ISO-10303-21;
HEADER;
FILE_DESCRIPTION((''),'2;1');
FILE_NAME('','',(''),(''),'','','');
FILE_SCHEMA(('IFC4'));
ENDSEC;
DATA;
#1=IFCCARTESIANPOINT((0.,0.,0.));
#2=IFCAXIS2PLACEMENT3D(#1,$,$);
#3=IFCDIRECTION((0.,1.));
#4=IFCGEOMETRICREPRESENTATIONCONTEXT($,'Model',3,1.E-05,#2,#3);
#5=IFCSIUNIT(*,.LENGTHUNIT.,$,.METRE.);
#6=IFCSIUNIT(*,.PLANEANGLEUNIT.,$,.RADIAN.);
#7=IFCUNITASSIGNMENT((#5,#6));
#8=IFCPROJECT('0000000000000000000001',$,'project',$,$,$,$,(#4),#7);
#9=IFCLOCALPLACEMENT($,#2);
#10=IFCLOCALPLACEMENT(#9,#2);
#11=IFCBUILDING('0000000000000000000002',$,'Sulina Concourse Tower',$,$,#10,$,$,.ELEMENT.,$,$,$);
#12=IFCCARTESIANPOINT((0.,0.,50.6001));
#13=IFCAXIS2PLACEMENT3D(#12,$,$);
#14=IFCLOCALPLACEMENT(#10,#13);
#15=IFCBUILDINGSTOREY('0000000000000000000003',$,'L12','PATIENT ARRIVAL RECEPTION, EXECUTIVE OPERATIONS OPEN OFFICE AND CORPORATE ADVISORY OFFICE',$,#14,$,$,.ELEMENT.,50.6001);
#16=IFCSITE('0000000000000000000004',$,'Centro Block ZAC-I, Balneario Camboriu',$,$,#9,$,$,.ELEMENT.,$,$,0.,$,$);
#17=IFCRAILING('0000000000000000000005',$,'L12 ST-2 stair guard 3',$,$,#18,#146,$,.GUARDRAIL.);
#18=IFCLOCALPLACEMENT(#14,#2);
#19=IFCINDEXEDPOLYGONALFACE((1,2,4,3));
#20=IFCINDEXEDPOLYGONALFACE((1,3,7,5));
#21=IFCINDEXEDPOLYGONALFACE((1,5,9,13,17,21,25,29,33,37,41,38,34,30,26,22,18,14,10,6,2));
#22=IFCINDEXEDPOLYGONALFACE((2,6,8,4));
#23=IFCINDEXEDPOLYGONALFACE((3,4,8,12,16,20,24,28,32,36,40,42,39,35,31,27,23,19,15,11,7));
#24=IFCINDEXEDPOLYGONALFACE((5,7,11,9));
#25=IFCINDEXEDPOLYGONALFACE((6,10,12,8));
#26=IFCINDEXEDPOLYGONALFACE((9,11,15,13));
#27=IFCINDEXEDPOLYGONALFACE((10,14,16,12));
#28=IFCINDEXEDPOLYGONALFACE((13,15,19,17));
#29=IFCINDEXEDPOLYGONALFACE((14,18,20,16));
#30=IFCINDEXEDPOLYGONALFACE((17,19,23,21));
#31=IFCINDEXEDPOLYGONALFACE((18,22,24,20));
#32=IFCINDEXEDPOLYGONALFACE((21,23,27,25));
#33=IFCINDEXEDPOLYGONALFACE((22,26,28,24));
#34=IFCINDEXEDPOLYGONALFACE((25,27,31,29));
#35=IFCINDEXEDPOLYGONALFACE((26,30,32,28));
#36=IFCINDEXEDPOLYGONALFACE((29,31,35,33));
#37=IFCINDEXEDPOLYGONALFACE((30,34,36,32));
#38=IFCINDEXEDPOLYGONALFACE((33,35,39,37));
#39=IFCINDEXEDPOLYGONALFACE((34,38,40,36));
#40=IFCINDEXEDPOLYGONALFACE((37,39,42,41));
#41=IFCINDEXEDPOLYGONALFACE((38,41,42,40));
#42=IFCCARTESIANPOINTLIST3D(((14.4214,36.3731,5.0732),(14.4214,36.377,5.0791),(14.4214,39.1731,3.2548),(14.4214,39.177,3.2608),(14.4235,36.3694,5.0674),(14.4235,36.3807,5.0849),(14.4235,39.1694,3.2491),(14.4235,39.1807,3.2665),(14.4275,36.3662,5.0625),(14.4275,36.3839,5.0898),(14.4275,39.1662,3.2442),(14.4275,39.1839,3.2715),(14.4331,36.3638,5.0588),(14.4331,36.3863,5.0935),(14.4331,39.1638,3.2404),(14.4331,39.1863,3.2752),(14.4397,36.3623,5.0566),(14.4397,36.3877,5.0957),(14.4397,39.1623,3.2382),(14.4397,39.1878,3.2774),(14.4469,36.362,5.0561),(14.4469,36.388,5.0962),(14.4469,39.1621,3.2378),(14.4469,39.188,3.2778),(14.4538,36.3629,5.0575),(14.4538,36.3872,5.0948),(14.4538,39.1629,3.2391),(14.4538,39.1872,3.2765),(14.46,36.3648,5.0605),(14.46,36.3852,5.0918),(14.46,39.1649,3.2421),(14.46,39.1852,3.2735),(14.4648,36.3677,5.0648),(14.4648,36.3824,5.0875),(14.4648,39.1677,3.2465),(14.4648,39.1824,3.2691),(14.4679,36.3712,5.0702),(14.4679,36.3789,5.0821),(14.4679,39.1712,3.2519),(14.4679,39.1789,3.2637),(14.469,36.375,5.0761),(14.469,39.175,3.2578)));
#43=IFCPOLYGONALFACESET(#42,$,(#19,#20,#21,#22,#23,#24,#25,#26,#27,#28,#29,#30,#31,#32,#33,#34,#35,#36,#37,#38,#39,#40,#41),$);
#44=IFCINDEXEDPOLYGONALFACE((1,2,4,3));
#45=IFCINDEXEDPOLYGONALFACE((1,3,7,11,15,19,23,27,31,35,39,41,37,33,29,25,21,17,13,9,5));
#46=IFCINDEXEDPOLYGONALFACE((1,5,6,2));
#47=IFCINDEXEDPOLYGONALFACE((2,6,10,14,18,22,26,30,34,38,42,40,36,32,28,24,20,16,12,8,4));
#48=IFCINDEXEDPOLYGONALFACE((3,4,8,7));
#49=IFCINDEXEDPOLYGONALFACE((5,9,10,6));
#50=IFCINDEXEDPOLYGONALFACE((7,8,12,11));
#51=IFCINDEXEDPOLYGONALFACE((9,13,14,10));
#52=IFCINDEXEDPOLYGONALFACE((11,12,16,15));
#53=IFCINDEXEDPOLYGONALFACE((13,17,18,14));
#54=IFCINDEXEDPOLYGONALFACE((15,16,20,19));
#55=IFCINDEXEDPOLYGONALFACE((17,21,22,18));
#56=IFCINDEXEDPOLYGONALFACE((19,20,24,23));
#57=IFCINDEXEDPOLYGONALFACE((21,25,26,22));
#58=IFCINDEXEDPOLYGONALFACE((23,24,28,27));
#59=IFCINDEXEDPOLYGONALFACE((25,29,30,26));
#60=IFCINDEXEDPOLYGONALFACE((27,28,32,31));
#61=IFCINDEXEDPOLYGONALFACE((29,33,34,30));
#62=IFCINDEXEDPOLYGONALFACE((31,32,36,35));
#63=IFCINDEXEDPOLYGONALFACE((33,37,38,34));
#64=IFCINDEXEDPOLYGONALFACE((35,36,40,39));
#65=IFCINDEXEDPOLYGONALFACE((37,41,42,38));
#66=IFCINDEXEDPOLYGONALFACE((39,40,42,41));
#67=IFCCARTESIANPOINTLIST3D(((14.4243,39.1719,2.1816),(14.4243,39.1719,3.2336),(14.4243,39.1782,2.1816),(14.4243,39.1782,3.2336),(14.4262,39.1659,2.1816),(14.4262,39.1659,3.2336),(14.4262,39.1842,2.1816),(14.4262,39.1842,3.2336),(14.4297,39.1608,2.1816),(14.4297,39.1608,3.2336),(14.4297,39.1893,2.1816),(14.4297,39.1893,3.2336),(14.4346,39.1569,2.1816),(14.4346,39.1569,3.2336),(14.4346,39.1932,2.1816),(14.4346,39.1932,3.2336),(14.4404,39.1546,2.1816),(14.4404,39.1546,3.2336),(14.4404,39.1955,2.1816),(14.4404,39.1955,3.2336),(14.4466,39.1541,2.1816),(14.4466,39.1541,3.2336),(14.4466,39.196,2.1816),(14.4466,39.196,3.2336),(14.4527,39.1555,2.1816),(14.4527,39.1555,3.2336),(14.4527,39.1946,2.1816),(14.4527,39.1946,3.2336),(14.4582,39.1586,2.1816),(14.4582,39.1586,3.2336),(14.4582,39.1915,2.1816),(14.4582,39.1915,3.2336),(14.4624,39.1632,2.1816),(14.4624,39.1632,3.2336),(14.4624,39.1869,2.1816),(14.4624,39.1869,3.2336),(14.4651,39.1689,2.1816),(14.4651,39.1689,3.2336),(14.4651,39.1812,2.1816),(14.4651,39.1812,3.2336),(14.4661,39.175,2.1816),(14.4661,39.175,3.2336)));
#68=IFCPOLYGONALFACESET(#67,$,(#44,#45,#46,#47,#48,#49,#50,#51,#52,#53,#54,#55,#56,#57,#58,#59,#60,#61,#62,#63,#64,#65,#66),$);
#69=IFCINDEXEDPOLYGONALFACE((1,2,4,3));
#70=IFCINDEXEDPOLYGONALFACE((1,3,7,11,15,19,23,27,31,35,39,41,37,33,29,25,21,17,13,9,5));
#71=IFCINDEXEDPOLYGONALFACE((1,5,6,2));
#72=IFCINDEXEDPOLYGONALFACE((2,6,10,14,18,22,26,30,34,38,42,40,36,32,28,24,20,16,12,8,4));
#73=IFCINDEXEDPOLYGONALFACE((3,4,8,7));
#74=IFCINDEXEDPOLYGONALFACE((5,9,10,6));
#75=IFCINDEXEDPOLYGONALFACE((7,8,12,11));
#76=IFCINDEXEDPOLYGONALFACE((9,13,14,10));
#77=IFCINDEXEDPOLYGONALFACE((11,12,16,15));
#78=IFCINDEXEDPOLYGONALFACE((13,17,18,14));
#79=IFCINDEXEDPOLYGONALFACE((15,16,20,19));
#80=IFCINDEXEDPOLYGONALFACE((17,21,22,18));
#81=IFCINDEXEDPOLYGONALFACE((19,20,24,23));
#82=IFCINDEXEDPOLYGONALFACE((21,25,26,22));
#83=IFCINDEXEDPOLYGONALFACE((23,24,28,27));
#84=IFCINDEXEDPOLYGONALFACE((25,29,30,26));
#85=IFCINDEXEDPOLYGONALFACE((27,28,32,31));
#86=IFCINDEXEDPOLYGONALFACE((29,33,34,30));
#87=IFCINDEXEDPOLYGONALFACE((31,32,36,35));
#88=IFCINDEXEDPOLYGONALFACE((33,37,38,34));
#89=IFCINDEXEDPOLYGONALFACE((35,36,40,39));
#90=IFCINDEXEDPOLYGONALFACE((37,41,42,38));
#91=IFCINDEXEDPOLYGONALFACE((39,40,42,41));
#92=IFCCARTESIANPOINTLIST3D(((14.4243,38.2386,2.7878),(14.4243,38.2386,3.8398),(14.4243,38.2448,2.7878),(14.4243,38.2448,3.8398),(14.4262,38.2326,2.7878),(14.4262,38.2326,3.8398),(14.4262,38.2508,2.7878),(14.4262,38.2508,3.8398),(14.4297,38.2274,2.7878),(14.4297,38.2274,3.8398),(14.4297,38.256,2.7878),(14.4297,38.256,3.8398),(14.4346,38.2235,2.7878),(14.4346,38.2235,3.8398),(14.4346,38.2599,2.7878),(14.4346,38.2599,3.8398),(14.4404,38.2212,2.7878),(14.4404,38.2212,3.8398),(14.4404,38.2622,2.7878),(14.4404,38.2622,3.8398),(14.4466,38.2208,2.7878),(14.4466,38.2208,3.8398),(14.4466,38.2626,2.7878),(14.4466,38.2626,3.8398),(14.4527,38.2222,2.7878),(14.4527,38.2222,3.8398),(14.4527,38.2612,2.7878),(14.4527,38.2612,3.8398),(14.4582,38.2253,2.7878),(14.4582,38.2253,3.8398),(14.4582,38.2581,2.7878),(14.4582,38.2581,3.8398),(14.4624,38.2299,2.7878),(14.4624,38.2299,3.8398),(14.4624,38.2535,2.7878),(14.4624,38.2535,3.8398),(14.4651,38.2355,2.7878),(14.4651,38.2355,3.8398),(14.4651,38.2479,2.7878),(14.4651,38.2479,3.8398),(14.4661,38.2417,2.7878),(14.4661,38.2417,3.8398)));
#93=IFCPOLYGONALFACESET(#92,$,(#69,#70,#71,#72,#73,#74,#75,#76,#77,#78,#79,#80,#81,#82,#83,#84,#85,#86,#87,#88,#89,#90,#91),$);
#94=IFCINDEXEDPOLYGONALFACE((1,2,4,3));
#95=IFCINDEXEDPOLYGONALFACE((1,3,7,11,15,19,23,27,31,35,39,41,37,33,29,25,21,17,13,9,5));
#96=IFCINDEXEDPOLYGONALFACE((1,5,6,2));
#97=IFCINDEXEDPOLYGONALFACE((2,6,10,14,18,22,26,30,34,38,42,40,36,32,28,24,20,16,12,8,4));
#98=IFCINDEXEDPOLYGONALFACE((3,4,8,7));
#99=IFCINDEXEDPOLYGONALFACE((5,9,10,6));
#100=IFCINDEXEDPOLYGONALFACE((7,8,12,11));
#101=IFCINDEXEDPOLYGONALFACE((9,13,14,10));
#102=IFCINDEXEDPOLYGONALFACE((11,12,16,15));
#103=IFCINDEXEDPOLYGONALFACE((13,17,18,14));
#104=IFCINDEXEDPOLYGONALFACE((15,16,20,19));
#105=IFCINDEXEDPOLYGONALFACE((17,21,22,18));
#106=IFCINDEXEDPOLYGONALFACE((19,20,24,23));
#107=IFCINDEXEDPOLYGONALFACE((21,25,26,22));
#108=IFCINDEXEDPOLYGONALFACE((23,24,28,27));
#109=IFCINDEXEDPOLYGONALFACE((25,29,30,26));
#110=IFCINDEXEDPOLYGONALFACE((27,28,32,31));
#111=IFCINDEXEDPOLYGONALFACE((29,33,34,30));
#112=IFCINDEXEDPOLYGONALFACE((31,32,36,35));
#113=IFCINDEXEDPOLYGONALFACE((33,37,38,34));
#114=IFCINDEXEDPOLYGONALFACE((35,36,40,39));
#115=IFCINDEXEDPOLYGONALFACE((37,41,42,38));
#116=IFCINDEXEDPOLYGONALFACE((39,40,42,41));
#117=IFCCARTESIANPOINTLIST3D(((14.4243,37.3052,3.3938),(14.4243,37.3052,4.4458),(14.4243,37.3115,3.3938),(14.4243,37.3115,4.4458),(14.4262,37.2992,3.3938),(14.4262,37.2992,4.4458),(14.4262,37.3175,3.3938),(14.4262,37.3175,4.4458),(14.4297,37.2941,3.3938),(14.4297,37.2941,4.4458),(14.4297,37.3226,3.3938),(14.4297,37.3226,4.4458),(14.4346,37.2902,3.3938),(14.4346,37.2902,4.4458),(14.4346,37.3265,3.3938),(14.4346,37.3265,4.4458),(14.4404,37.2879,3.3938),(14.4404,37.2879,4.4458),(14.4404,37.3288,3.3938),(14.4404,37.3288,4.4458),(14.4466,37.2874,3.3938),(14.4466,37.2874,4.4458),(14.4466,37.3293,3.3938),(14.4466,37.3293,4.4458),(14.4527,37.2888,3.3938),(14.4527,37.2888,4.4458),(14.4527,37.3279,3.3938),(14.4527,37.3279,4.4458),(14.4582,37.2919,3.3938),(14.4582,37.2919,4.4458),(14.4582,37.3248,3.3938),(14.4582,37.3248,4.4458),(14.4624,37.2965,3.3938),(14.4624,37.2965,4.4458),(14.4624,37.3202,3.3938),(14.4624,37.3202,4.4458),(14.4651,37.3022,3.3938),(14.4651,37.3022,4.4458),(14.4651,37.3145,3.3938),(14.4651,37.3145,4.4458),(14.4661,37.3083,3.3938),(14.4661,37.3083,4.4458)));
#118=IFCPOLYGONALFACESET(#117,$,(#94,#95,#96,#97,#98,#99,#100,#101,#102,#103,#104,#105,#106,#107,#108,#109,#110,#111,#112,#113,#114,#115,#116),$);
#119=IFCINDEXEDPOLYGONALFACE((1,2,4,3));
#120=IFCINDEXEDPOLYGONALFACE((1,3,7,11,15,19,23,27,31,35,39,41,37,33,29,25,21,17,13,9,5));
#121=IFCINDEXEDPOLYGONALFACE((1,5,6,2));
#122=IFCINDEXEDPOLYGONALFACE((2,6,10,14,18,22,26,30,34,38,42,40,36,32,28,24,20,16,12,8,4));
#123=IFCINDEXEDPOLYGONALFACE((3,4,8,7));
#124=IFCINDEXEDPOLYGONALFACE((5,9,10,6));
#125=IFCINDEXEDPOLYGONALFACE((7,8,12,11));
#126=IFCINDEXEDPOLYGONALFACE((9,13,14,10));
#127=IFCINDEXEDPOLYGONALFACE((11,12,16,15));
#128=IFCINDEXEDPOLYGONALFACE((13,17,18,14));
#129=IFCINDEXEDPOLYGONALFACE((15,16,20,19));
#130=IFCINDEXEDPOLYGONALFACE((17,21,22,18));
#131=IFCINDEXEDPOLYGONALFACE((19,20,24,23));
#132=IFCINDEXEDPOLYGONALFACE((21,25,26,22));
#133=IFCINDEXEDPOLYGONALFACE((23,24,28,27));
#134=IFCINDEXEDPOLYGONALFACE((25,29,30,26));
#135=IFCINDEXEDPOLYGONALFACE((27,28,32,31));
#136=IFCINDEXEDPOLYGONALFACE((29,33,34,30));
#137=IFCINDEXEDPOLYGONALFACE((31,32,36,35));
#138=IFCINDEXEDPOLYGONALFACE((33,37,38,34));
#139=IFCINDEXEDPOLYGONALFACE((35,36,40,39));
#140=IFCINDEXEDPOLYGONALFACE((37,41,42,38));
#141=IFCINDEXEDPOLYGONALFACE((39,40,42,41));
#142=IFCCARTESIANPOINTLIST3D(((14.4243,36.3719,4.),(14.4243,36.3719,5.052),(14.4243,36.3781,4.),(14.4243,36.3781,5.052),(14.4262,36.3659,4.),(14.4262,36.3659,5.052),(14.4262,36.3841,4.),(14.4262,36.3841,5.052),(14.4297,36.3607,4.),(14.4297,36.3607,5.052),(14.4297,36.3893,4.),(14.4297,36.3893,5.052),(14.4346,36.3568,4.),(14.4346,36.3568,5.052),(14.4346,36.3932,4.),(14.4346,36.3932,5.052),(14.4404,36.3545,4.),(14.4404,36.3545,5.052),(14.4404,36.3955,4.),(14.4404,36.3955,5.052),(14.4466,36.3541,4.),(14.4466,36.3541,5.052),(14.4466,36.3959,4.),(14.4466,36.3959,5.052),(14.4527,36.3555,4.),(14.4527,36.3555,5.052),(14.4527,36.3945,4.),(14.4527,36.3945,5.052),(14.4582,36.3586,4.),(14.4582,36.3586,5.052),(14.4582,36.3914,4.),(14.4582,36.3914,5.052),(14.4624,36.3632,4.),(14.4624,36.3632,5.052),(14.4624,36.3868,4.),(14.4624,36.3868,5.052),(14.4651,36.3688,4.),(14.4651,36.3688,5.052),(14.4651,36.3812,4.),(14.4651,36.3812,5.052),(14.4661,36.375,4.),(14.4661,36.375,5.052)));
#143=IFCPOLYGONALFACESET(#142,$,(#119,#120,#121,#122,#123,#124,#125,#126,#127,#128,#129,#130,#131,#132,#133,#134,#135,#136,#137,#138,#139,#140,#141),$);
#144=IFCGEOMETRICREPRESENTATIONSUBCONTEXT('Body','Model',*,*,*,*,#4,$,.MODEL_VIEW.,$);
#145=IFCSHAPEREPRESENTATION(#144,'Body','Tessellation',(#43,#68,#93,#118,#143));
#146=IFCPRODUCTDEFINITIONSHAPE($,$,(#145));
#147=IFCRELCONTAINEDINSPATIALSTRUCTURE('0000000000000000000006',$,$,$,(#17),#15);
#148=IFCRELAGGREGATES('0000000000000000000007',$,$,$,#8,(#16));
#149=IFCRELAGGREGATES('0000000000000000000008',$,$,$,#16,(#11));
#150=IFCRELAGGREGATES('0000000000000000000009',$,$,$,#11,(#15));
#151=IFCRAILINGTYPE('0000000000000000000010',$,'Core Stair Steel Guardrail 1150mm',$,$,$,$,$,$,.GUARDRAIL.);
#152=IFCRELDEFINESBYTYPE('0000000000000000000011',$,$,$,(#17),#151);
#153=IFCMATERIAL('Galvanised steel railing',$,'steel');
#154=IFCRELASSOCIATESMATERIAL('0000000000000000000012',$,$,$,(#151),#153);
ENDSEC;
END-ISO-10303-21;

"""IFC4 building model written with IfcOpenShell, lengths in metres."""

from ifc_helpers import new_model, si_unit, direction, frame, origin, origin_2d, place, context, subcontext, project, spatial, circle, extrude, material, type_object, element, save


model = new_model("IFC4")

# Units and contexts
model_context = context("Model", 3, precision=1e-05, world=origin(), true_north=direction((0.0, 1.0)))
body_context = subcontext(model_context, "Body", "Model", "MODEL_VIEW")
ifc_project = project(units=[si_unit("LENGTHUNIT", "METRE"), si_unit("PLANEANGLEUNIT", "RADIAN")], contexts=[model_context])

# Site, building, storey
site_placement = place(None, origin())
site = spatial("IfcSite", under=ifc_project, at=site_placement, Name="Centro Block ZAC-I, Balneario Camboriu", CompositionType="ELEMENT", RefElevation=0.0)
building_placement = place(site_placement, origin())
building = spatial("IfcBuilding", under=site, at=building_placement, Name="Sulina Concourse Tower", CompositionType="ELEMENT")
storey_placement = place(building_placement, frame((0.0, 0.0, 50.6001)))
storey = spatial("IfcBuildingStorey", under=building, at=storey_placement, Name="L12", Description="PATIENT ARRIVAL RECEPTION, EXECUTIVE OPERATIONS OPEN OFFICE AND CORPORATE ADVISORY OFFICE", CompositionType="ELEMENT", Elevation=50.6001)

# Railing
ifc_material_1 = material(Name="Galvanised steel railing", Category="steel")
railing_type_1 = type_object("IfcRailingType", Name="Core Stair Steel Guardrail 1150mm", PredefinedType="GUARDRAIL", material=ifc_material_1)
railing_1_placement = place(storey_placement, frame((14.4451, 39.175, 2.1816)))
element("IfcRailing", 1, at=railing_1_placement, inside=storey, type_object=railing_type_1, Name="L12 ST-2 stair guard 3", PredefinedType="GUARDRAIL", context=body_context, shape_type="SweptSolid", body=[
    extrude(circle(Radius=0.0239, at=origin_2d()), frame((0.0, 0.0, 1.0762), z_axis=(0.0, -0.838672, 0.544636), x_axis=(1.0, 0.0, 0.0)), (0.0, 0.0, 1.0), 3.3386),
    extrude(circle(Radius=0.021, at=origin_2d()), origin(), (0.0, 0.0, 1.0), 1.052),
    extrude(circle(Radius=0.021, at=origin_2d()), frame((0.0, -0.9333, 0.6062)), (0.0, 0.0, 1.0), 1.052),
    extrude(circle(Radius=0.021, at=origin_2d()), frame((0.0, -1.8667, 1.2122)), (0.0, 0.0, 1.0), 1.052),
    extrude(circle(Radius=0.021, at=origin_2d()), frame((0.0, -2.8, 1.8184)), (0.0, 0.0, 1.0), 1.052),
])

save(model, "model.ifc")
